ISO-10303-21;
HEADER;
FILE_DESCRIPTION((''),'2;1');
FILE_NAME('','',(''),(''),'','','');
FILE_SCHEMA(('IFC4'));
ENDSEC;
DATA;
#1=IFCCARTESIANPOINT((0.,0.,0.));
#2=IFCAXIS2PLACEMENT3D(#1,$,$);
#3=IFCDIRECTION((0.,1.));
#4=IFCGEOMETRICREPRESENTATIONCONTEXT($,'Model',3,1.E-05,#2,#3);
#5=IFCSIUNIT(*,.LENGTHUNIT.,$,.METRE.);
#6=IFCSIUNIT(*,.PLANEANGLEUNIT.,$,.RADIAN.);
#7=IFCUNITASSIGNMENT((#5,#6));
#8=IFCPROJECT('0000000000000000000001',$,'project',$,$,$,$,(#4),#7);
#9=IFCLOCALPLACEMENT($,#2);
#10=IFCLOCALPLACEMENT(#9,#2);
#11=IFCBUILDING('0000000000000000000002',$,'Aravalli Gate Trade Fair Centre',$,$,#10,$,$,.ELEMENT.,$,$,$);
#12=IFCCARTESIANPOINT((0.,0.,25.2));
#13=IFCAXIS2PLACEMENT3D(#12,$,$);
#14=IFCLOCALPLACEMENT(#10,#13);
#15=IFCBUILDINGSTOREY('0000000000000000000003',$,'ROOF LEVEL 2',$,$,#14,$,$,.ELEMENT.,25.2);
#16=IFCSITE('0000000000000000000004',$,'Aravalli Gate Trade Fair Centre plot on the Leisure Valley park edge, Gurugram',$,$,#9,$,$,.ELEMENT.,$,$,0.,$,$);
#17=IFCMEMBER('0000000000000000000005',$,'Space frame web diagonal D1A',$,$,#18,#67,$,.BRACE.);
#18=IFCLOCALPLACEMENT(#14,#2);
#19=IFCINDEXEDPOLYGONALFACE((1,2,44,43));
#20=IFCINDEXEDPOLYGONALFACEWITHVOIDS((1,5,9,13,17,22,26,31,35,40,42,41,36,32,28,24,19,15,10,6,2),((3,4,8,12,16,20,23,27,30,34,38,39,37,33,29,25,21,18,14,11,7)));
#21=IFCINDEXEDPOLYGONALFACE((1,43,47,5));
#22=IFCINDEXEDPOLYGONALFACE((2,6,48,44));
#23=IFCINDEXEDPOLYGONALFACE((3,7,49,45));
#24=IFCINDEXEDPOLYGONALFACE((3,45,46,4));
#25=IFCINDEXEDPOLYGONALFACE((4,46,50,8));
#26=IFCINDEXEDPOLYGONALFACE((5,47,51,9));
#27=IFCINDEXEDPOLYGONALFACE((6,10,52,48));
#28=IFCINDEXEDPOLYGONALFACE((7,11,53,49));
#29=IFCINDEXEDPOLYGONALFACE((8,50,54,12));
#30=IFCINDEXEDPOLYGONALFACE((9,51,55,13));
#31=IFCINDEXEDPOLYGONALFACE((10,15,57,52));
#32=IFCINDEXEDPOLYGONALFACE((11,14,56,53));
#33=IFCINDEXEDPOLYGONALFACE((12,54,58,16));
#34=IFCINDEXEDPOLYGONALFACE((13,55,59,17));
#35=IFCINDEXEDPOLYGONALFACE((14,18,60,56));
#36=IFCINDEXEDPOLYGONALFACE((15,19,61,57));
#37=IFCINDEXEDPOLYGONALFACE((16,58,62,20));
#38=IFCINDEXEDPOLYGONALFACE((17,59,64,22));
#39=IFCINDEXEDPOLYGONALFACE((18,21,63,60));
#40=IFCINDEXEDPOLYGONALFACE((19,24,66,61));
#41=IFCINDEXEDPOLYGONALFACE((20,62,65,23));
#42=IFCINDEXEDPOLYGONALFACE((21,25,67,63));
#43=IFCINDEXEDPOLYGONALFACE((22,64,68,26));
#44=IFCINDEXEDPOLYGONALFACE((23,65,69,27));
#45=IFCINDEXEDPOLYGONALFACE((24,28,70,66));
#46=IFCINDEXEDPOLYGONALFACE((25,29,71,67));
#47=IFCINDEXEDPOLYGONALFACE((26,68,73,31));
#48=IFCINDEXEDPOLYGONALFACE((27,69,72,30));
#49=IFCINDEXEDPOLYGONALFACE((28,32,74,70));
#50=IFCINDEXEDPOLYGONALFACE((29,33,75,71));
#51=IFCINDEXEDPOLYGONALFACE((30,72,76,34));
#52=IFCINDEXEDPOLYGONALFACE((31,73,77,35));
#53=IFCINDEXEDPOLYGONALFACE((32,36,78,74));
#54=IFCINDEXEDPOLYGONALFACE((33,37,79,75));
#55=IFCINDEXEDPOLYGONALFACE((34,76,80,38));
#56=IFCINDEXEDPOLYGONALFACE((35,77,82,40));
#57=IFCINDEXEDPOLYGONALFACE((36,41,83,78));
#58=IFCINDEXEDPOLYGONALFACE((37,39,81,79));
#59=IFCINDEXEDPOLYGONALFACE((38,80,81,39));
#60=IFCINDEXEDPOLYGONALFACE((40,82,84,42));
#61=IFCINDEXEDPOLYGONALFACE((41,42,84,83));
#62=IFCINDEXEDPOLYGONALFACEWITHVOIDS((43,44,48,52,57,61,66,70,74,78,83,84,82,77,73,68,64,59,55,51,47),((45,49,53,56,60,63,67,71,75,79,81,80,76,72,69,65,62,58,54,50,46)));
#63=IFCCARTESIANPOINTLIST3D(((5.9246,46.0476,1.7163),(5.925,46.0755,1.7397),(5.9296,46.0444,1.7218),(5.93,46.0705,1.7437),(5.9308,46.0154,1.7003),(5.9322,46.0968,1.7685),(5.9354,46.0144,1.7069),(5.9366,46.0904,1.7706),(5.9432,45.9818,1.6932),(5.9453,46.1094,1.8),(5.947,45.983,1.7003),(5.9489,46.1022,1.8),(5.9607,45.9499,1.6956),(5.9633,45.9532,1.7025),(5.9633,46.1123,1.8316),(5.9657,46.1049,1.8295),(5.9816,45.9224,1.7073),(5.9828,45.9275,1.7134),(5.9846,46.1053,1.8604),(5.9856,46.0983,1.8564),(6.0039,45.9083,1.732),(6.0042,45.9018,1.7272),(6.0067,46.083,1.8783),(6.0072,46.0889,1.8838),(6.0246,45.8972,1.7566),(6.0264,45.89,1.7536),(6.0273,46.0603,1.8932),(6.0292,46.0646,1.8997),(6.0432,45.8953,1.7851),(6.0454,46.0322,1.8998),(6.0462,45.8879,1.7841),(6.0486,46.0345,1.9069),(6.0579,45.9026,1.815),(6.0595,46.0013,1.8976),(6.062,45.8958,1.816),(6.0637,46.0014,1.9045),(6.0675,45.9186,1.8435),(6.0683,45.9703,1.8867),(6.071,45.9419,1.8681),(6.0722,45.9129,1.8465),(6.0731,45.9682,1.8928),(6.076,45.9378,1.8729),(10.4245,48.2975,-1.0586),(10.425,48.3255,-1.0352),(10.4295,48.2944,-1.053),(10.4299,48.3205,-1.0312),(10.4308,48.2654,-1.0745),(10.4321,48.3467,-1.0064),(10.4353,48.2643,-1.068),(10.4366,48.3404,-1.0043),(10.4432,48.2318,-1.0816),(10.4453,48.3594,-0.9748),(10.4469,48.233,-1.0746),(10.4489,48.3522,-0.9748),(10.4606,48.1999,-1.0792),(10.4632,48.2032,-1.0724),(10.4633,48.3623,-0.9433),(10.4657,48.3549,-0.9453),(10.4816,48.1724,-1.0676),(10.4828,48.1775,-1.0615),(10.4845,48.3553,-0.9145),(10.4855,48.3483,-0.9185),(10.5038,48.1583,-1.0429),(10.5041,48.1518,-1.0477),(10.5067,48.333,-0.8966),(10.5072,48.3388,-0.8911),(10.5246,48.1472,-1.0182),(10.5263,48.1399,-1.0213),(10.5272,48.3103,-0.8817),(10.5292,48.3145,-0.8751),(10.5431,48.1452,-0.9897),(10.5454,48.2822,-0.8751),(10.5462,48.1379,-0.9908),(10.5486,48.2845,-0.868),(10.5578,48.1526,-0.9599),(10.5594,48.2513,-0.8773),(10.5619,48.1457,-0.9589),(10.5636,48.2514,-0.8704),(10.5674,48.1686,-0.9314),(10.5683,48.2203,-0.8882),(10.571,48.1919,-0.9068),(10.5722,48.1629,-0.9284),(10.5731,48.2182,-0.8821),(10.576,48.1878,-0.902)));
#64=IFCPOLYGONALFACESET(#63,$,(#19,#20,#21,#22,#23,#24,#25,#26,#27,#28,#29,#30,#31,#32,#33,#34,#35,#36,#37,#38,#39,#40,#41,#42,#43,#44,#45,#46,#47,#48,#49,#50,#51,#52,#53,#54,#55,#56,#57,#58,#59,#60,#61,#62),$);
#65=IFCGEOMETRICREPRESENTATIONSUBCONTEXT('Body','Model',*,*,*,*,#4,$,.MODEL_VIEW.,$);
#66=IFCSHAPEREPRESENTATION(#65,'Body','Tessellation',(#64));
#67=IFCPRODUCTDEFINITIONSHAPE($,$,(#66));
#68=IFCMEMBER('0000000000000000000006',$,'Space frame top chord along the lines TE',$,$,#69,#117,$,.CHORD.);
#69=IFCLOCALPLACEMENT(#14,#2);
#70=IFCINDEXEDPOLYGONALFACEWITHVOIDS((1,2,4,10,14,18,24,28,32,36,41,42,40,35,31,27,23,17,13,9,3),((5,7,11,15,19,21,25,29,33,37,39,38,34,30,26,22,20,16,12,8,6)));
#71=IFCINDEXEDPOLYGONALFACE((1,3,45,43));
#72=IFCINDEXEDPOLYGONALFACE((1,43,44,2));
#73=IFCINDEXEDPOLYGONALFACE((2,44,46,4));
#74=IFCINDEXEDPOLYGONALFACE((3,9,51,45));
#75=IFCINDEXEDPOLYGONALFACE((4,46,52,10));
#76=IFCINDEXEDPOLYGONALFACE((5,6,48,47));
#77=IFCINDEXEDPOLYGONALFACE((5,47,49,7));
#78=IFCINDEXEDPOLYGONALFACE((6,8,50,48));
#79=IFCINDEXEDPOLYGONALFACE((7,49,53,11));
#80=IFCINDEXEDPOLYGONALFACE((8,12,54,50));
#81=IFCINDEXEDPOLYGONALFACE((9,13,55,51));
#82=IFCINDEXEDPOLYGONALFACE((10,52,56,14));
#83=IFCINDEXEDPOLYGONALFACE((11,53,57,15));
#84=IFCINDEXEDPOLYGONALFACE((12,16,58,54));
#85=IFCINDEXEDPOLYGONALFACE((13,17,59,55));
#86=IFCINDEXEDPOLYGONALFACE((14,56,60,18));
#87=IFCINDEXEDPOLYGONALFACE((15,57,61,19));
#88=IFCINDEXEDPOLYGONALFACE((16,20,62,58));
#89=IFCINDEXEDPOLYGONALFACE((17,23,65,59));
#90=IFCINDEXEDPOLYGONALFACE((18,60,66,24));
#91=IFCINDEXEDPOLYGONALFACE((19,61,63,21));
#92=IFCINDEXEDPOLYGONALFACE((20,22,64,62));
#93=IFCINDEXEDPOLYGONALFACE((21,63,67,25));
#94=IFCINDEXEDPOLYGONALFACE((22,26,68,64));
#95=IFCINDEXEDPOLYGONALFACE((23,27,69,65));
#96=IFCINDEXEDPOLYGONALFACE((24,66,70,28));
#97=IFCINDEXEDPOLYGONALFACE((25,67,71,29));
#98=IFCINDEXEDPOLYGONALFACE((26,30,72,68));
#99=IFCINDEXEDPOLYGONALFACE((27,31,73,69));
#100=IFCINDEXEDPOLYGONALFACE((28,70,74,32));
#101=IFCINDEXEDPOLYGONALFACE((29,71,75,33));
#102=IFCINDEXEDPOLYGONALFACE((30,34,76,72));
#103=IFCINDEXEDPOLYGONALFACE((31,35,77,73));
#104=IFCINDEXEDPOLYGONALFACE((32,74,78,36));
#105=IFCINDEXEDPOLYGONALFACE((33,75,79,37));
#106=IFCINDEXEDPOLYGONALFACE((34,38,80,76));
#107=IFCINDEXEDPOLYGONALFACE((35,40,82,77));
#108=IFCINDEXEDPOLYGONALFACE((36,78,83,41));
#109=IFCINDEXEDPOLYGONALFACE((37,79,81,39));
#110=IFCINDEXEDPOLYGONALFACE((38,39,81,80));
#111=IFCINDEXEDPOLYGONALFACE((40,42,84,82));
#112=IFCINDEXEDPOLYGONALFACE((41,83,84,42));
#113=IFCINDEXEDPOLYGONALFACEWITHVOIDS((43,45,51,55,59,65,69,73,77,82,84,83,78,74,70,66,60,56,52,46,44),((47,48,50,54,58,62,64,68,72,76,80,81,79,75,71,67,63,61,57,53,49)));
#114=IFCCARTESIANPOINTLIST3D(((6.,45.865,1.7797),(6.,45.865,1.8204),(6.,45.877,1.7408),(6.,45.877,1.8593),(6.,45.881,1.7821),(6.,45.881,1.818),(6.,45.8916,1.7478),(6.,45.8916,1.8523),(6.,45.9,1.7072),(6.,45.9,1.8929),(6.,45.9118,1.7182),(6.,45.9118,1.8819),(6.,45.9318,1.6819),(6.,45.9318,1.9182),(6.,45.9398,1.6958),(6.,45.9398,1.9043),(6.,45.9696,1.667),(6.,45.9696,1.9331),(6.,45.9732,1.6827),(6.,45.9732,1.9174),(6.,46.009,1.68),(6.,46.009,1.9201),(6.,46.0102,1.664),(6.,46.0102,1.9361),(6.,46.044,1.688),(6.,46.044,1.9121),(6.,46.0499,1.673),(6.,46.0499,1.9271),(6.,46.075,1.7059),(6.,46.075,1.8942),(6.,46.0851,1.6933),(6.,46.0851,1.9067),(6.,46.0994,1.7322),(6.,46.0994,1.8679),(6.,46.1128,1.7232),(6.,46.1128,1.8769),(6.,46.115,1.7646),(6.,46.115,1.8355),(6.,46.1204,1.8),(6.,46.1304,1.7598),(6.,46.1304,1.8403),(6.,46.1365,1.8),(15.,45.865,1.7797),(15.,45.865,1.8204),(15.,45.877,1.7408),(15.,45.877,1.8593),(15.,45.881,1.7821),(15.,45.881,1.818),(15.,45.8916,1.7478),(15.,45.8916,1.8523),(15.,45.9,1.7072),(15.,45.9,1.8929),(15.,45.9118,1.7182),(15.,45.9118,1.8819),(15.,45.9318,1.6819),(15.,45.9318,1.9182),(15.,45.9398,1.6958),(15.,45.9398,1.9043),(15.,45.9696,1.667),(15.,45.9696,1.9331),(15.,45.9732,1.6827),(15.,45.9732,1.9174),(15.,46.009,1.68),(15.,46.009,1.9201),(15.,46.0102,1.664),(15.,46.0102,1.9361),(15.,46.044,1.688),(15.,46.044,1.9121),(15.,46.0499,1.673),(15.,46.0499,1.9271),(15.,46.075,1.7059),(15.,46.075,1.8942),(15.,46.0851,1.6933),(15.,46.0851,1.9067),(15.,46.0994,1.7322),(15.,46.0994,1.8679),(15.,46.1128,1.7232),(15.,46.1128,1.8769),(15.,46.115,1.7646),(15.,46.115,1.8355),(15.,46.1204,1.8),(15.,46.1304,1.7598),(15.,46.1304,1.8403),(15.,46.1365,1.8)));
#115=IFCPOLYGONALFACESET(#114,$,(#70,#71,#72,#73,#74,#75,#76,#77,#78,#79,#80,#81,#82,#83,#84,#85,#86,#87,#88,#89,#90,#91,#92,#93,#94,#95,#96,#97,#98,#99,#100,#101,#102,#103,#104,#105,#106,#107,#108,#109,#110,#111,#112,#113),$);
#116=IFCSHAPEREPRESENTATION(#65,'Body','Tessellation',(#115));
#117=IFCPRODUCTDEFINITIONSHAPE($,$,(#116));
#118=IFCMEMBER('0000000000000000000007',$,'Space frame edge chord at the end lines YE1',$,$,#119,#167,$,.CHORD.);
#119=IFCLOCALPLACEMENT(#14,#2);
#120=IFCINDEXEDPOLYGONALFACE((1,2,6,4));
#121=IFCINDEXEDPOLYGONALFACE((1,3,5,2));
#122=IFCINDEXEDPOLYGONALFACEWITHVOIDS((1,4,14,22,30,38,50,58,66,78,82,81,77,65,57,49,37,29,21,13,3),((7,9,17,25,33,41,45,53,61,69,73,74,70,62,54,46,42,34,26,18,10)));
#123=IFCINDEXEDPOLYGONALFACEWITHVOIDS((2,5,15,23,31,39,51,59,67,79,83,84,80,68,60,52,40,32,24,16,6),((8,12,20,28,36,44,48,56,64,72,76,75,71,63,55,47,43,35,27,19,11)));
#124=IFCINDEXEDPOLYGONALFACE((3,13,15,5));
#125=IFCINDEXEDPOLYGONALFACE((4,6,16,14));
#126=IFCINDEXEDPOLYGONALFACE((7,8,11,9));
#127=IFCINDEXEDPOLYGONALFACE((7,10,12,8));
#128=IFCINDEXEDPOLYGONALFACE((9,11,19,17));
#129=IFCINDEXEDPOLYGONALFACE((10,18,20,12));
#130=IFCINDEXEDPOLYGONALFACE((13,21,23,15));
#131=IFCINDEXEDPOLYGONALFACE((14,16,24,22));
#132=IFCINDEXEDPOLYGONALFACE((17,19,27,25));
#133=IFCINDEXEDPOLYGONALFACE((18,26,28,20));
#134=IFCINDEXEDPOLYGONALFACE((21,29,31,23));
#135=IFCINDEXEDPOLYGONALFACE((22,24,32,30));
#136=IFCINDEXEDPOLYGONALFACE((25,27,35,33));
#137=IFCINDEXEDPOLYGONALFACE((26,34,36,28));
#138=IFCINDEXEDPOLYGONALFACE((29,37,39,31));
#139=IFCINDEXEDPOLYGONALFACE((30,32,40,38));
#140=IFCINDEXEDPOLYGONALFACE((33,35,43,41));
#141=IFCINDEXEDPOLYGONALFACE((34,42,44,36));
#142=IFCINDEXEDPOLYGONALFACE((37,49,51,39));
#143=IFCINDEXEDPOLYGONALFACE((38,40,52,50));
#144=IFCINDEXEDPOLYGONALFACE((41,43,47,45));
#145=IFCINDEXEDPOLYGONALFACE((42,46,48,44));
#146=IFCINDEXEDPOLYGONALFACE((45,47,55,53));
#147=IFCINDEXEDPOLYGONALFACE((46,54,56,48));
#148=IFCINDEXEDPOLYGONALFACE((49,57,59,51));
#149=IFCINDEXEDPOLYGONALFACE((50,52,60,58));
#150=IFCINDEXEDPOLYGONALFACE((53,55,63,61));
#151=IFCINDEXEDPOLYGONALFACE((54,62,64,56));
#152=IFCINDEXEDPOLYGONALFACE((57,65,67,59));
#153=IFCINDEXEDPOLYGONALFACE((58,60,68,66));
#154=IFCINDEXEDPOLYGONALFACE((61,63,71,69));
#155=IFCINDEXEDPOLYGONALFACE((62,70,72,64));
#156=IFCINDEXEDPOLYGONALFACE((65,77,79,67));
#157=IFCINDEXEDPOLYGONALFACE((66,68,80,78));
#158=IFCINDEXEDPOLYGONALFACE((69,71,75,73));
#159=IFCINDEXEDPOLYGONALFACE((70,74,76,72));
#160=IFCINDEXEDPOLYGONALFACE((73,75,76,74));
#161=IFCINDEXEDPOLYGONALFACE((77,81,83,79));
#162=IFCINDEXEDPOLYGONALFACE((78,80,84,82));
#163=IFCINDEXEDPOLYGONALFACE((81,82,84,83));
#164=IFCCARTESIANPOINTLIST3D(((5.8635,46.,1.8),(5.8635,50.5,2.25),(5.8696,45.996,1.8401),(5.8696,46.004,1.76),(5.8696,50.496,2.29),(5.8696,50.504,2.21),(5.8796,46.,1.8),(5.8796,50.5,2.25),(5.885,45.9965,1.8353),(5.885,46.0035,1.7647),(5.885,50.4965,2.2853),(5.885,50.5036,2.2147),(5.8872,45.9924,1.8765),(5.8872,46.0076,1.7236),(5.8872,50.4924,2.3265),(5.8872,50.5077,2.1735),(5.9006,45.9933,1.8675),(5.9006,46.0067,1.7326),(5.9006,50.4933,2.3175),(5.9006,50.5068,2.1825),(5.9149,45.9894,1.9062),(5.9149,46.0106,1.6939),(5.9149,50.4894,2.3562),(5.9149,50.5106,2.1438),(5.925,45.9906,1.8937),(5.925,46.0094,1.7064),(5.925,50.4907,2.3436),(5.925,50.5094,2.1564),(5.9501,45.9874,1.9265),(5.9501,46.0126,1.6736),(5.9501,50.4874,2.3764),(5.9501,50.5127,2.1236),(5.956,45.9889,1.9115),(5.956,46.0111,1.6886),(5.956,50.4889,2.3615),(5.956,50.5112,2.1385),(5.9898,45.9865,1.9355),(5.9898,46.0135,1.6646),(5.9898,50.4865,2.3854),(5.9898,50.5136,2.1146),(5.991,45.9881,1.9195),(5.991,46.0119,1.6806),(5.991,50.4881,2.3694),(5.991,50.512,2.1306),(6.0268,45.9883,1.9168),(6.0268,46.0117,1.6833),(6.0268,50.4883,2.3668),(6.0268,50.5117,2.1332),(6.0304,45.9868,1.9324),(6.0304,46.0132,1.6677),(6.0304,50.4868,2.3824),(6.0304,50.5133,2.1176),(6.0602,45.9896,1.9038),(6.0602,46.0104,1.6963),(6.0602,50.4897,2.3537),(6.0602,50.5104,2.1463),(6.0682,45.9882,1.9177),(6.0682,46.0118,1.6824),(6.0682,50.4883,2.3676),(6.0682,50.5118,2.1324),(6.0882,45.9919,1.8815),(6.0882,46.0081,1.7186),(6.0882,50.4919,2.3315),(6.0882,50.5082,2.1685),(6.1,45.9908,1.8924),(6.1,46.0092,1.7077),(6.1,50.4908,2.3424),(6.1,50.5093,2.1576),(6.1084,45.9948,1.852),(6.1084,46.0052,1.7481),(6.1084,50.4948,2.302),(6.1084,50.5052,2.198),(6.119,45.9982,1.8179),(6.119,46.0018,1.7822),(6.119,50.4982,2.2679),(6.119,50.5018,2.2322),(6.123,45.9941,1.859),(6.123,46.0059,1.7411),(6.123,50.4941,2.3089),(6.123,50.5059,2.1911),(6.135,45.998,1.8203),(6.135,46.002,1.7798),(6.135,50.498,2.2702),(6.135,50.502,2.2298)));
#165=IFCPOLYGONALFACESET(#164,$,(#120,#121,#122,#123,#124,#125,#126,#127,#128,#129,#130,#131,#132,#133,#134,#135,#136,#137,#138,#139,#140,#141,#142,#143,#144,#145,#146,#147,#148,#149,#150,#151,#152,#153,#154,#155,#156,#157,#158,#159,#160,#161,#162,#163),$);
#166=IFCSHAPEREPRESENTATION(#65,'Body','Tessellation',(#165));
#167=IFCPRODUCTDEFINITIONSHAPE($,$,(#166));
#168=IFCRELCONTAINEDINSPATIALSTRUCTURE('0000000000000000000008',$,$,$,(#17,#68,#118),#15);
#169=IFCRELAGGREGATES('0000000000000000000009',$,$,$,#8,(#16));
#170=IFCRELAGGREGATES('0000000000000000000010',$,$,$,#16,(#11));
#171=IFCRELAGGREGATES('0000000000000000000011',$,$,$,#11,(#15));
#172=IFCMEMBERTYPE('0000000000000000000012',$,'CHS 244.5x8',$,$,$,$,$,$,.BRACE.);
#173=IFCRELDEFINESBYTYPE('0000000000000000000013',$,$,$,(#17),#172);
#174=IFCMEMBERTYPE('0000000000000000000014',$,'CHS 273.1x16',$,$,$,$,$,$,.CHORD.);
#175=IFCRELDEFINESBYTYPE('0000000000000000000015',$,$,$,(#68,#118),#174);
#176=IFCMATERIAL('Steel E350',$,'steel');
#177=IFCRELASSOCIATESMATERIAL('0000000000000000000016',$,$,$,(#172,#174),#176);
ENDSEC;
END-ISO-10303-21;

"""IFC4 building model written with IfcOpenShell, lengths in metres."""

from ifc_helpers import new_model, si_unit, direction, frame, origin, origin_2d, place, context, subcontext, project, spatial, hollow_circle, extrude, material, material_profile, profile_set, type_object, element, save


model = new_model("IFC4")

# Units and contexts
model_context = context("Model", 3, precision=1e-05, world=origin(), true_north=direction((0.0, 1.0)))
body_context = subcontext(model_context, "Body", "Model", "MODEL_VIEW")
ifc_project = project(units=[si_unit("LENGTHUNIT", "METRE"), si_unit("PLANEANGLEUNIT", "RADIAN")], contexts=[model_context])

# Site, building, storey
site_placement = place(None, origin())
site = spatial("IfcSite", under=ifc_project, at=site_placement, Name="Aravalli Gate Trade Fair Centre plot on the Leisure Valley park edge, Gurugram", CompositionType="ELEMENT", RefElevation=0.0)
building_placement = place(site_placement, origin())
building = spatial("IfcBuilding", under=site, at=building_placement, Name="Aravalli Gate Trade Fair Centre", CompositionType="ELEMENT")
storey_placement = place(building_placement, frame((0.0, 0.0, 25.2)))
storey = spatial("IfcBuildingStorey", under=building, at=storey_placement, Name="ROOF LEVEL 2", CompositionType="ELEMENT", Elevation=25.2)

# Members
ifc_material_1 = material(Name="Steel E350", Category="steel")
ifc_material_profile_1 = material_profile(ifc_material_1, hollow_circle(Radius=0.1223, WallThickness=0.0081, at=origin_2d()), Name="CHS 244.5x8")
ifc_profile_set_1 = profile_set([ifc_material_profile_1], Name="Steel E350")
member_type_1 = type_object("IfcMemberType", Name="CHS 244.5x8", PredefinedType="BRACE", material=ifc_profile_set_1)
member_1_placement = place(storey_placement, frame((6.0, 46.0, 1.8), z_axis=(0.7832, 0.3916, -0.482956), x_axis=(-0.447214, 0.894427, 0.0)))
element("IfcMember", 1, at=member_1_placement, inside=storey, type_object=member_type_1, Name="Space frame web diagonal D1A", PredefinedType="BRACE", context=body_context, shape_type="SweptSolid", body=[
    extrude(hollow_circle(Radius=0.1223, WallThickness=0.0081, at=origin_2d()), origin(), (0.0, 0.0, 1.0), 5.7456),
])
ifc_material_profile_2 = material_profile(ifc_material_1, hollow_circle(Radius=0.1365, WallThickness=0.0161, at=origin_2d()), Name="CHS 273.1x16")
ifc_profile_set_2 = profile_set([ifc_material_profile_2], Name="Steel E350")
member_type_2 = type_object("IfcMemberType", Name="CHS 273.1x16", PredefinedType="CHORD", material=ifc_profile_set_2)
member_2_placement = place(storey_placement, frame((6.0, 46.0, 1.8), z_axis=(1.0, 0.0, 0.0), x_axis=(0.0, 1.0, 0.0)))
element("IfcMember", 2, at=member_2_placement, inside=storey, type_object=member_type_2, Name="Space frame top chord along the lines TE", PredefinedType="CHORD", context=body_context, shape_type="SweptSolid", body=[
    extrude(hollow_circle(Radius=0.1365, WallThickness=0.0161, at=origin_2d()), origin(), (0.0, 0.0, 1.0), 9.0),
])
member_3_placement = place(storey_placement, frame((6.0, 46.0, 1.8), z_axis=(0.0, 0.995038, 0.099493), x_axis=(-1.0, 0.0, 0.0)))
element("IfcMember", 3, at=member_3_placement, inside=storey, type_object=member_type_2, Name="Space frame edge chord at the end lines YE1", PredefinedType="CHORD", context=body_context, shape_type="SweptSolid", body=[
    extrude(hollow_circle(Radius=0.1365, WallThickness=0.0161, at=origin_2d()), origin(), (0.0, 0.0, 1.0), 4.5225),
])

save(model, "model.ifc")
